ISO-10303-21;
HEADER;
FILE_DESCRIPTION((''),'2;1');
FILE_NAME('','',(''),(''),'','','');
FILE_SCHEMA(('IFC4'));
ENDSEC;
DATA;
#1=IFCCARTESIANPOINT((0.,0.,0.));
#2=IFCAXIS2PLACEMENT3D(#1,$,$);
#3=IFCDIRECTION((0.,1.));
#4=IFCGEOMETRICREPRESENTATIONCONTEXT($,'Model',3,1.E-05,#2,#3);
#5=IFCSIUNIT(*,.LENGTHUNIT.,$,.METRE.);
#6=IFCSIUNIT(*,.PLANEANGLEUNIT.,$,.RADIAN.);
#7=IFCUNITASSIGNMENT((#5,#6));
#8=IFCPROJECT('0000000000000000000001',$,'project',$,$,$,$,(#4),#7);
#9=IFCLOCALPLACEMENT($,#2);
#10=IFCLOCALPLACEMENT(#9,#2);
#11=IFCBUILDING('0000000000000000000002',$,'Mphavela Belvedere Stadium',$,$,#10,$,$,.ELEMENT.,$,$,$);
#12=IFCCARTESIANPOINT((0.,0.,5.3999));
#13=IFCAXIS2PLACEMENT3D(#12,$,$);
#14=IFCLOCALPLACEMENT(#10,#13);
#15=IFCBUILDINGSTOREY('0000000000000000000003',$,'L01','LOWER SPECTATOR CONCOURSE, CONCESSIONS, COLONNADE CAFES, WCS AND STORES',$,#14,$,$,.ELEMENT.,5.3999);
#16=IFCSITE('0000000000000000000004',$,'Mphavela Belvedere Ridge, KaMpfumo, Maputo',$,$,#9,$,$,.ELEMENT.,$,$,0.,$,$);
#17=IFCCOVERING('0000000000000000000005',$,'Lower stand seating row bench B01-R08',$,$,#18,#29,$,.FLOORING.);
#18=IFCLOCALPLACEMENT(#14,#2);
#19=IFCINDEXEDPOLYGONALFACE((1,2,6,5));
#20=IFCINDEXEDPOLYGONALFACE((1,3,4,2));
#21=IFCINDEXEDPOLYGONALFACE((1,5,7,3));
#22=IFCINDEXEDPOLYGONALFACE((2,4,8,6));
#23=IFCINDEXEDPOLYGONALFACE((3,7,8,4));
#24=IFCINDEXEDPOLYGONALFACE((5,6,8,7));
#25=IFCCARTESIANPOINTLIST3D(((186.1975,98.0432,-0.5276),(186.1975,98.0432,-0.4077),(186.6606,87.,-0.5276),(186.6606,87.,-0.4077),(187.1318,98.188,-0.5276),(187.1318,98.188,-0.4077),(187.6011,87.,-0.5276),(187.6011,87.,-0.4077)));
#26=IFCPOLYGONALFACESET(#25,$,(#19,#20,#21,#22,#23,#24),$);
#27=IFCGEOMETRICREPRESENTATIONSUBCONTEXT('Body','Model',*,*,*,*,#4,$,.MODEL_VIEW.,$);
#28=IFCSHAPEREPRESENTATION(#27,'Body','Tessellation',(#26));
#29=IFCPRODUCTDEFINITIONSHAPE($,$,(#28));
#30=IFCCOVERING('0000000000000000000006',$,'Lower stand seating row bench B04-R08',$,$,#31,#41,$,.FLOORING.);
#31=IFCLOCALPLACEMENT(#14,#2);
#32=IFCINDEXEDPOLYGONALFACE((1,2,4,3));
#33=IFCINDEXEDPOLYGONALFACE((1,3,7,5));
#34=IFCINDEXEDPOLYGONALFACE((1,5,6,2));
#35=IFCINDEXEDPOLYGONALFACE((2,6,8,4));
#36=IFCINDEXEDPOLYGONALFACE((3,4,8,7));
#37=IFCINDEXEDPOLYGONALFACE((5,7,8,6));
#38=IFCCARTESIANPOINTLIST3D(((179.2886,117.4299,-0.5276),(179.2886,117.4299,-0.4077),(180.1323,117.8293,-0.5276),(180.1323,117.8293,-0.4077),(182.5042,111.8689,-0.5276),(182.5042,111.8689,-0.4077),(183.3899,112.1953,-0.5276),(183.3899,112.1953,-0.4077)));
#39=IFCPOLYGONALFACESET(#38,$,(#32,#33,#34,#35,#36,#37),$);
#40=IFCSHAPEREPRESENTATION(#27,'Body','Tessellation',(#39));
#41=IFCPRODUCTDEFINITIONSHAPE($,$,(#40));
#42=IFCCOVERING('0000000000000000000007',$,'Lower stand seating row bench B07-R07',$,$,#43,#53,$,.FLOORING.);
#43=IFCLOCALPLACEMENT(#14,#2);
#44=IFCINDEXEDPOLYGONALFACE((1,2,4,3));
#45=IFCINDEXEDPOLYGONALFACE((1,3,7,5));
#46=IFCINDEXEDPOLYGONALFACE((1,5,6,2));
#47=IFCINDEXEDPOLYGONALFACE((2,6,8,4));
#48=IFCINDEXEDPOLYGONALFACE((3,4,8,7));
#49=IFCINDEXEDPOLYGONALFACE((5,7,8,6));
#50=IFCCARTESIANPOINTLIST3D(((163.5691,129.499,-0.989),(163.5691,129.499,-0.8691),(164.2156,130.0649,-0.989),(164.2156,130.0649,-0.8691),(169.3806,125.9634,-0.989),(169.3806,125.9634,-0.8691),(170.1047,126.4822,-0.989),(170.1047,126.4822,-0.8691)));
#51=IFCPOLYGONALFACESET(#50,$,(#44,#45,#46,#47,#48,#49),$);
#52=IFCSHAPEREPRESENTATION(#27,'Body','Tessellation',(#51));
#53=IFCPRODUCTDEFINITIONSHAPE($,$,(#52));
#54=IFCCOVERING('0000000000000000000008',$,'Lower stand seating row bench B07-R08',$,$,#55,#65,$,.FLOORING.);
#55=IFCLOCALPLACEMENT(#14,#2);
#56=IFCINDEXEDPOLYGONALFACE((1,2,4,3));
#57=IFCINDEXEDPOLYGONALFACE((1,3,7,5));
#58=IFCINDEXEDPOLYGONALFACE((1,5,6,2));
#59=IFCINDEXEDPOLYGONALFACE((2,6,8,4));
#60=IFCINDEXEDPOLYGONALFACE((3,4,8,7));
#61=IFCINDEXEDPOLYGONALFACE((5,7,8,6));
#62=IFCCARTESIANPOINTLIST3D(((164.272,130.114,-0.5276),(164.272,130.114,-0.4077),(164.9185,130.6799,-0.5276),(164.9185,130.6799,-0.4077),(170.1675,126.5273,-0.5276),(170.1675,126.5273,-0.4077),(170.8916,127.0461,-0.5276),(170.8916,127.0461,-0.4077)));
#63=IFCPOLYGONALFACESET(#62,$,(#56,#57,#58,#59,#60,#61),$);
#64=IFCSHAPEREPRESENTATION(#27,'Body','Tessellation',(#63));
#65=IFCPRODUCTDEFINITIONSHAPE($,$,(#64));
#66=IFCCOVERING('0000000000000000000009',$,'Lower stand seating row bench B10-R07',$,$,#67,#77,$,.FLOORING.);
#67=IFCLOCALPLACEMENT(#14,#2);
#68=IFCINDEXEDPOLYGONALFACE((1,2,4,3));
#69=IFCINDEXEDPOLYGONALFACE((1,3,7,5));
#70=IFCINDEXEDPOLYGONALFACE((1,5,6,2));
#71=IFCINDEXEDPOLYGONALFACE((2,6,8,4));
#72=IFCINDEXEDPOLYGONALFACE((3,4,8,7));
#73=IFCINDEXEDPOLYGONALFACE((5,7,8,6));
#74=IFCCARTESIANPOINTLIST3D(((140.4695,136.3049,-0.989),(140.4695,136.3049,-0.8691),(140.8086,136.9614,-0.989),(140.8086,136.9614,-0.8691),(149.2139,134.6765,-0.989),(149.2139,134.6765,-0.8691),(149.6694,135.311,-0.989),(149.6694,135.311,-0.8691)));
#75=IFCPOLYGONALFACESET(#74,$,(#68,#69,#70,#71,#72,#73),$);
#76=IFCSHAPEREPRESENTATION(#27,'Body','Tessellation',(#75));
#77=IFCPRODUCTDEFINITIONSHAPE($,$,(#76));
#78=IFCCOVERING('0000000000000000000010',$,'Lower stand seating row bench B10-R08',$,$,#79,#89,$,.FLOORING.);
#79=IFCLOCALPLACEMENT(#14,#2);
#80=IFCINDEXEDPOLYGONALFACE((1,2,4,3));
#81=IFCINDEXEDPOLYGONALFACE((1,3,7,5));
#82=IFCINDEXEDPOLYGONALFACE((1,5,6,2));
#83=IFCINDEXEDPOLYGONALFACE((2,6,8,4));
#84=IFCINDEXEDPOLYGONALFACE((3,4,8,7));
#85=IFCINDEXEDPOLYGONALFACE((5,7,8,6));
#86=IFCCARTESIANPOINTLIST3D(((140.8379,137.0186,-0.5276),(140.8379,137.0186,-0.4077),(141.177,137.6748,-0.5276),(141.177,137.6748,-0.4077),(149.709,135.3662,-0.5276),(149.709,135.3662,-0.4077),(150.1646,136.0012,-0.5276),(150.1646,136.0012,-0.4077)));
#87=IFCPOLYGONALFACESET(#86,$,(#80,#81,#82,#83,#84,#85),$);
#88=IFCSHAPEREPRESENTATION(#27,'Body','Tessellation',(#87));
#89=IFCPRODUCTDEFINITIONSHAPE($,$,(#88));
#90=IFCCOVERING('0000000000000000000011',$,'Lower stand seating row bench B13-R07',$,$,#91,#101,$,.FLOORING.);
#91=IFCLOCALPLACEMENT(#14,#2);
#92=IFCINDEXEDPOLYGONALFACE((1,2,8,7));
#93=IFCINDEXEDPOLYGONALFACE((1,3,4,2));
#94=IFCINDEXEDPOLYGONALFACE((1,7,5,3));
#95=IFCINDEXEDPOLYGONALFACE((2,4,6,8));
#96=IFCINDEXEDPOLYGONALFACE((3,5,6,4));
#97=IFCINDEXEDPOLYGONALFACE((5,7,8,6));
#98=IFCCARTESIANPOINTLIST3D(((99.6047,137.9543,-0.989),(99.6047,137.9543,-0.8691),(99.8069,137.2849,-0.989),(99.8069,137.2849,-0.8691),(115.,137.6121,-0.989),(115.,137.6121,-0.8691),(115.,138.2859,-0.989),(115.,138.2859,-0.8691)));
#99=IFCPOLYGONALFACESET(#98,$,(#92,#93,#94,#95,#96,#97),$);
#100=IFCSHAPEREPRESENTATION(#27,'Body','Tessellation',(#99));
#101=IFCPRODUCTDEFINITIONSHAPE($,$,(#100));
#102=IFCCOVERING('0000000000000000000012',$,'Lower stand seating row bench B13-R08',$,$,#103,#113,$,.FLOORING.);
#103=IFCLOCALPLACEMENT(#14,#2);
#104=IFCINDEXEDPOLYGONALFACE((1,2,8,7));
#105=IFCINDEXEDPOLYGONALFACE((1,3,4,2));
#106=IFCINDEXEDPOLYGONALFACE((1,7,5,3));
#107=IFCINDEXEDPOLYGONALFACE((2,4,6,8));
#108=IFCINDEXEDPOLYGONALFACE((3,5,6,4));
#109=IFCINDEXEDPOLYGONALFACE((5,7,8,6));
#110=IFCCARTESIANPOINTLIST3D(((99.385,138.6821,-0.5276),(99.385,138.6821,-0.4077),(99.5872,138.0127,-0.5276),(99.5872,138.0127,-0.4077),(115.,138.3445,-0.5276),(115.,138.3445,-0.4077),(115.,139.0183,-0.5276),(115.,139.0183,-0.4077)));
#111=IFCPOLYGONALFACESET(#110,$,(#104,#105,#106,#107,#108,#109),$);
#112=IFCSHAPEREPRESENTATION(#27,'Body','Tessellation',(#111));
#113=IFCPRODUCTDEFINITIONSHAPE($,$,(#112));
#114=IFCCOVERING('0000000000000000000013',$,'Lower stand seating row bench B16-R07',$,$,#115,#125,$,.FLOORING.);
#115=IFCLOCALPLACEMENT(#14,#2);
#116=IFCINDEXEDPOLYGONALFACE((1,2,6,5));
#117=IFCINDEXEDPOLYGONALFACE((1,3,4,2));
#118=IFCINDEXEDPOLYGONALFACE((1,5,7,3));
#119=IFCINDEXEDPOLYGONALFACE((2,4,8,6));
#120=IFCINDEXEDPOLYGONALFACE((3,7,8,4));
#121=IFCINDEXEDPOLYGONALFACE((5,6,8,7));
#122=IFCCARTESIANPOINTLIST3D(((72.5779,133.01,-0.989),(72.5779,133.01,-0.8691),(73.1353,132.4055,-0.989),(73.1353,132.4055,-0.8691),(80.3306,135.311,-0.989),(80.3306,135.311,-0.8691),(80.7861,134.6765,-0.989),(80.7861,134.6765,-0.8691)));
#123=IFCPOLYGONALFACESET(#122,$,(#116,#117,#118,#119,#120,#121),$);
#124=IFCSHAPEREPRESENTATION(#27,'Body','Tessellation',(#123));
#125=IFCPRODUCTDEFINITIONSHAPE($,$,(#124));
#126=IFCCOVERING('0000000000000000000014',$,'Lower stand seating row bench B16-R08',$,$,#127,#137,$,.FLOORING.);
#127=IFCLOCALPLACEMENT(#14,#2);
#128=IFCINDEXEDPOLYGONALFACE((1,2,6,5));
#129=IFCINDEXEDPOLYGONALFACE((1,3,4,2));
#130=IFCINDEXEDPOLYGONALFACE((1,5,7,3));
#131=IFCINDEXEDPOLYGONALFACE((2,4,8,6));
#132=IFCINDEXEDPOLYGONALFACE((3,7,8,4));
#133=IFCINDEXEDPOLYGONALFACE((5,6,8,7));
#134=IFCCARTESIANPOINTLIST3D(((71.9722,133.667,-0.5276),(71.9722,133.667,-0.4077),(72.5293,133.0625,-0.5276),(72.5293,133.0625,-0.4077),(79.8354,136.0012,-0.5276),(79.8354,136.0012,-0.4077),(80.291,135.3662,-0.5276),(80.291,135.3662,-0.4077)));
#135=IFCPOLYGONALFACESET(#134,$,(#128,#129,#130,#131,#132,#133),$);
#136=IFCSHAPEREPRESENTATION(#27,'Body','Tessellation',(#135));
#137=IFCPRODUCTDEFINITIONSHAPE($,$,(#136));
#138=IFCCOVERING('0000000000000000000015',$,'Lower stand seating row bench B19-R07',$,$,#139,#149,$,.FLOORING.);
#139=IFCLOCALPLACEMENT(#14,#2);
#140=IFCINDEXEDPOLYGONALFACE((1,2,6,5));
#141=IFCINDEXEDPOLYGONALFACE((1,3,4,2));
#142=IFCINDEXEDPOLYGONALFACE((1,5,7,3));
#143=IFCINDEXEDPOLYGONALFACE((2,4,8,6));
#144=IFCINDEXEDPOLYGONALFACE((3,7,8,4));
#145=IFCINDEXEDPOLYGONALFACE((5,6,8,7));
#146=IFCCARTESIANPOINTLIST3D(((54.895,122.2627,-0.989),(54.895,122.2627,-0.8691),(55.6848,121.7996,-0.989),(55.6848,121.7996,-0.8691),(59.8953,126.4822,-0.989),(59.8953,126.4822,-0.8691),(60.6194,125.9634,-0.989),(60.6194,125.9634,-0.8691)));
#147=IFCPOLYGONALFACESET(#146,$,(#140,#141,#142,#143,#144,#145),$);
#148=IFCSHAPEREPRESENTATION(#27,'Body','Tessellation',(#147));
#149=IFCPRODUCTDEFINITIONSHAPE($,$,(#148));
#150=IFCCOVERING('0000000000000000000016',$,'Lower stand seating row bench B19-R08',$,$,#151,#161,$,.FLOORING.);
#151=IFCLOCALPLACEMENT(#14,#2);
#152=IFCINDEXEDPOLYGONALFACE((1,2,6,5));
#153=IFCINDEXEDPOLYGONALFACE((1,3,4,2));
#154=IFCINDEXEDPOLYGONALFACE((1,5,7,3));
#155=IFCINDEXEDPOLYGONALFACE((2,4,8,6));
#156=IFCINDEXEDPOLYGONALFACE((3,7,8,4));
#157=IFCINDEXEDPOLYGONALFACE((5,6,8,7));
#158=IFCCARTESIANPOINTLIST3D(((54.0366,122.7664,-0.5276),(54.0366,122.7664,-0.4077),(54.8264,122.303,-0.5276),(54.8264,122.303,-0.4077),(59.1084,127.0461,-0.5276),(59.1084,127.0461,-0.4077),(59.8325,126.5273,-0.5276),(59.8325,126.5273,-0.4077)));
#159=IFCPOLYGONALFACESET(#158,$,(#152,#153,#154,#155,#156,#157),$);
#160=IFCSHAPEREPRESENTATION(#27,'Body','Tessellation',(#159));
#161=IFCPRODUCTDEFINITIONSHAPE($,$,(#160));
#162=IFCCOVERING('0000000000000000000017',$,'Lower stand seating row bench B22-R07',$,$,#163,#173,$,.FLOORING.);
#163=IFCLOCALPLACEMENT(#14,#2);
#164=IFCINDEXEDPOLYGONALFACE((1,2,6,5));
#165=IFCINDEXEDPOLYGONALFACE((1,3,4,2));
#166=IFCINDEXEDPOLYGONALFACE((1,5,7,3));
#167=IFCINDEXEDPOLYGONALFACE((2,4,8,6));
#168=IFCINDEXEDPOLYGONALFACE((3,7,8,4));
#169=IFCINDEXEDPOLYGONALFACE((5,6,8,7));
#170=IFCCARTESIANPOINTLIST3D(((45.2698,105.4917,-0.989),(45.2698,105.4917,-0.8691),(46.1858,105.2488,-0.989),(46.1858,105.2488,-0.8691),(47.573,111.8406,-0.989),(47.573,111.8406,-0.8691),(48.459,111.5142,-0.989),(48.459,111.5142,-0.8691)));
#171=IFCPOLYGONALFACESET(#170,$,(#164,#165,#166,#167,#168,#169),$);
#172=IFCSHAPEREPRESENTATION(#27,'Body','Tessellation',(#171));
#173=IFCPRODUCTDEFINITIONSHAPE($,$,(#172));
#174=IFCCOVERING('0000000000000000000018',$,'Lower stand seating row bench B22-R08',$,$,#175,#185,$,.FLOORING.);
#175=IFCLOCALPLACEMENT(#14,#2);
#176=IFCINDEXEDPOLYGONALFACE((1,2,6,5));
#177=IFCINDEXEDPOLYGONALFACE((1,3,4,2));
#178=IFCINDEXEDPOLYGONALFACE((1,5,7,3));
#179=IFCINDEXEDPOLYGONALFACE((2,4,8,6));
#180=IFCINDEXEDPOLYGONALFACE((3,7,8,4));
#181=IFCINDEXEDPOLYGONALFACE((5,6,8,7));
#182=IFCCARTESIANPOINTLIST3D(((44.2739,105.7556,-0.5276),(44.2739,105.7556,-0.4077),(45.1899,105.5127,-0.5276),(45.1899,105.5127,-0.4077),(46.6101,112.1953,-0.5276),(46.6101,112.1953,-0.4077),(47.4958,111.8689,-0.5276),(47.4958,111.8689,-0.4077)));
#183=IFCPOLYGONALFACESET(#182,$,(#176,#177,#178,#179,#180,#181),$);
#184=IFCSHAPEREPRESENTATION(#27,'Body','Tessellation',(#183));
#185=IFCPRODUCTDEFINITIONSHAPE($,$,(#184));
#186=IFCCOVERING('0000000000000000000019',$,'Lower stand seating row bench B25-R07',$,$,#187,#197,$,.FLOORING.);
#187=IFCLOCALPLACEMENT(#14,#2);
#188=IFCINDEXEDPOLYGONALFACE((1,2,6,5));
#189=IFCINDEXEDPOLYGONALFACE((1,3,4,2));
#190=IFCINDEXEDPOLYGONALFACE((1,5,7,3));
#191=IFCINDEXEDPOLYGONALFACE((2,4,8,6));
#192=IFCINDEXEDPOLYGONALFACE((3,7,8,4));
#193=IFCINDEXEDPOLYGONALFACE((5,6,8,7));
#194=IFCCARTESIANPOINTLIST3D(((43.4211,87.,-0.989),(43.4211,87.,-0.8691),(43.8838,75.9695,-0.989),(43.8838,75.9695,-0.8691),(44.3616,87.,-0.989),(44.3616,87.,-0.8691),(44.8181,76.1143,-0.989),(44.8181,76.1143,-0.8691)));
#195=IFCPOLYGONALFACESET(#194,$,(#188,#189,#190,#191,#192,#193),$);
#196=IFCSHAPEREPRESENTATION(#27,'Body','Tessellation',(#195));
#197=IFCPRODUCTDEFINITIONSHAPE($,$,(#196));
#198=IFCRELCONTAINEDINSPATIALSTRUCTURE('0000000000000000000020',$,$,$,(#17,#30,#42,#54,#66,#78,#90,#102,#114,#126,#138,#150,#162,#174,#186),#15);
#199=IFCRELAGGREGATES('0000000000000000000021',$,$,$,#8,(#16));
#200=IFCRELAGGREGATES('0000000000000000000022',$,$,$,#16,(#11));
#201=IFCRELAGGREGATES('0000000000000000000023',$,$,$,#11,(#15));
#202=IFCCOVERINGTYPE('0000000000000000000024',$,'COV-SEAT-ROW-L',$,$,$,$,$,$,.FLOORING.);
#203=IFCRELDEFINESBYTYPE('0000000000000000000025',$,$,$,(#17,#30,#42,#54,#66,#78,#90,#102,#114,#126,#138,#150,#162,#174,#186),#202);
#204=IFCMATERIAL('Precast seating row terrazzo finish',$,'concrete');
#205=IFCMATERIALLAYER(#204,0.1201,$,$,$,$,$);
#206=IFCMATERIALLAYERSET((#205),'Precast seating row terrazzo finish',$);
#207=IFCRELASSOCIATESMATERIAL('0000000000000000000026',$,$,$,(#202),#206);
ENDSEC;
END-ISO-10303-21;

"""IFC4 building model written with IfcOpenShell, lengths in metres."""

from ifc_helpers import new_model, si_unit, direction, frame, origin, place, context, subcontext, project, spatial, polyline, outline, extrude, material, layer, layer_set, type_object, element, save


model = new_model("IFC4")

# Units and contexts
model_context = context("Model", 3, precision=1e-05, world=origin(), true_north=direction((0.0, 1.0)))
body_context = subcontext(model_context, "Body", "Model", "MODEL_VIEW")
ifc_project = project(units=[si_unit("LENGTHUNIT", "METRE"), si_unit("PLANEANGLEUNIT", "RADIAN")], contexts=[model_context])

# Site, building, storey
site_placement = place(None, origin())
site = spatial("IfcSite", under=ifc_project, at=site_placement, Name="Mphavela Belvedere Ridge, KaMpfumo, Maputo", CompositionType="ELEMENT", RefElevation=0.0)
building_placement = place(site_placement, origin())
building = spatial("IfcBuilding", under=site, at=building_placement, Name="Mphavela Belvedere Stadium", CompositionType="ELEMENT")
storey_placement = place(building_placement, frame((0.0, 0.0, 5.3999)))
storey = spatial("IfcBuildingStorey", under=building, at=storey_placement, Name="L01", Description="LOWER SPECTATOR CONCOURSE, CONCESSIONS, COLONNADE CAFES, WCS AND STORES", CompositionType="ELEMENT", Elevation=5.3999)

# Coverings
ifc_material_1 = material(Name="Precast seating row terrazzo finish", Category="concrete")
ifc_layer_1 = layer(ifc_material_1, 0.1201)
ifc_layer_set_1 = layer_set([ifc_layer_1], Name="Precast seating row terrazzo finish")
covering_type = type_object("IfcCoveringType", Name="COV-SEAT-ROW-L", PredefinedType="FLOORING", material=ifc_layer_set_1)
covering_1_placement = place(storey_placement, frame((0.0, 0.0, -0.5276)))
element("IfcCovering", 1, at=covering_1_placement, inside=storey, type_object=covering_type, Name="Lower stand seating row bench B01-R08", PredefinedType="FLOORING", context=body_context, shape_type="SweptSolid", body=[
    extrude(outline(polyline([(186.6606, 87.0), (186.1975, 98.0432), (187.1318, 98.188), (187.6011, 87.0), (186.6606, 87.0)])), origin(), (0.0, 0.0, 1.0), 0.1199),
])
covering_2_placement = place(storey_placement, frame((0.0, 0.0, -0.5276)))
element("IfcCovering", 2, at=covering_2_placement, inside=storey, type_object=covering_type, Name="Lower stand seating row bench B04-R08", PredefinedType="FLOORING", context=body_context, shape_type="SweptSolid", body=[
    extrude(outline(polyline([(182.5042, 111.8689), (179.2886, 117.4299), (180.1323, 117.8293), (183.3899, 112.1953), (182.5042, 111.8689)])), origin(), (0.0, 0.0, 1.0), 0.1199),
])
covering_3_placement = place(storey_placement, frame((0.0, 0.0, -0.989)))
element("IfcCovering", 3, at=covering_3_placement, inside=storey, type_object=covering_type, Name="Lower stand seating row bench B07-R07", PredefinedType="FLOORING", context=body_context, shape_type="SweptSolid", body=[
    extrude(outline(polyline([(169.3806, 125.9634), (163.5691, 129.499), (164.2156, 130.0649), (170.1047, 126.4822), (169.3806, 125.9634)])), origin(), (0.0, 0.0, 1.0), 0.1199),
])
covering_4_placement = place(storey_placement, frame((0.0, 0.0, -0.5276)))
element("IfcCovering", 4, at=covering_4_placement, inside=storey, type_object=covering_type, Name="Lower stand seating row bench B07-R08", PredefinedType="FLOORING", context=body_context, shape_type="SweptSolid", body=[
    extrude(outline(polyline([(170.1675, 126.5273), (164.272, 130.114), (164.9185, 130.6799), (170.8916, 127.0461), (170.1675, 126.5273)])), origin(), (0.0, 0.0, 1.0), 0.1199),
])
covering_5_placement = place(storey_placement, frame((0.0, 0.0, -0.989)))
element("IfcCovering", 5, at=covering_5_placement, inside=storey, type_object=covering_type, Name="Lower stand seating row bench B10-R07", PredefinedType="FLOORING", context=body_context, shape_type="SweptSolid", body=[
    extrude(outline(polyline([(149.2139, 134.6765), (140.4695, 136.3049), (140.8086, 136.9614), (149.6694, 135.311), (149.2139, 134.6765)])), origin(), (0.0, 0.0, 1.0), 0.1199),
])
covering_6_placement = place(storey_placement, frame((0.0, 0.0, -0.5276)))
element("IfcCovering", 6, at=covering_6_placement, inside=storey, type_object=covering_type, Name="Lower stand seating row bench B10-R08", PredefinedType="FLOORING", context=body_context, shape_type="SweptSolid", body=[
    extrude(outline(polyline([(149.709, 135.3662), (140.8379, 137.0186), (141.177, 137.6748), (150.1646, 136.0012), (149.709, 135.3662)])), origin(), (0.0, 0.0, 1.0), 0.1199),
])
covering_7_placement = place(storey_placement, frame((0.0, 0.0, -0.989)))
element("IfcCovering", 7, at=covering_7_placement, inside=storey, type_object=covering_type, Name="Lower stand seating row bench B13-R07", PredefinedType="FLOORING", context=body_context, shape_type="SweptSolid", body=[
    extrude(outline(polyline([(115.0, 137.6121), (99.8069, 137.2849), (99.6047, 137.9543), (115.0, 138.2859), (115.0, 137.6121)])), origin(), (0.0, 0.0, 1.0), 0.1199),
])
covering_8_placement = place(storey_placement, frame((0.0, 0.0, -0.5276)))
element("IfcCovering", 8, at=covering_8_placement, inside=storey, type_object=covering_type, Name="Lower stand seating row bench B13-R08", PredefinedType="FLOORING", context=body_context, shape_type="SweptSolid", body=[
    extrude(outline(polyline([(115.0, 138.3445), (99.5872, 138.0127), (99.385, 138.6821), (115.0, 139.0183), (115.0, 138.3445)])), origin(), (0.0, 0.0, 1.0), 0.1199),
])
covering_9_placement = place(storey_placement, frame((0.0, 0.0, -0.989)))
element("IfcCovering", 9, at=covering_9_placement, inside=storey, type_object=covering_type, Name="Lower stand seating row bench B16-R07", PredefinedType="FLOORING", context=body_context, shape_type="SweptSolid", body=[
    extrude(outline(polyline([(80.7861, 134.6765), (73.1353, 132.4055), (72.5779, 133.01), (80.3306, 135.311), (80.7861, 134.6765)])), origin(), (0.0, 0.0, 1.0), 0.1199),
])
covering_10_placement = place(storey_placement, frame((0.0, 0.0, -0.5276)))
element("IfcCovering", 10, at=covering_10_placement, inside=storey, type_object=covering_type, Name="Lower stand seating row bench B16-R08", PredefinedType="FLOORING", context=body_context, shape_type="SweptSolid", body=[
    extrude(outline(polyline([(80.291, 135.3662), (72.5293, 133.0625), (71.9722, 133.667), (79.8354, 136.0012), (80.291, 135.3662)])), origin(), (0.0, 0.0, 1.0), 0.1199),
])
covering_11_placement = place(storey_placement, frame((0.0, 0.0, -0.989)))
element("IfcCovering", 11, at=covering_11_placement, inside=storey, type_object=covering_type, Name="Lower stand seating row bench B19-R07", PredefinedType="FLOORING", context=body_context, shape_type="SweptSolid", body=[
    extrude(outline(polyline([(60.6194, 125.9634), (55.6848, 121.7996), (54.895, 122.2627), (59.8953, 126.4822), (60.6194, 125.9634)])), origin(), (0.0, 0.0, 1.0), 0.1199),
])
covering_12_placement = place(storey_placement, frame((0.0, 0.0, -0.5276)))
element("IfcCovering", 12, at=covering_12_placement, inside=storey, type_object=covering_type, Name="Lower stand seating row bench B19-R08", PredefinedType="FLOORING", context=body_context, shape_type="SweptSolid", body=[
    extrude(outline(polyline([(59.8325, 126.5273), (54.8264, 122.303), (54.0366, 122.7664), (59.1084, 127.0461), (59.8325, 126.5273)])), origin(), (0.0, 0.0, 1.0), 0.1199),
])
covering_13_placement = place(storey_placement, frame((0.0, 0.0, -0.989)))
element("IfcCovering", 13, at=covering_13_placement, inside=storey, type_object=covering_type, Name="Lower stand seating row bench B22-R07", PredefinedType="FLOORING", context=body_context, shape_type="SweptSolid", body=[
    extrude(outline(polyline([(48.459, 111.5142), (46.1858, 105.2488), (45.2698, 105.4917), (47.573, 111.8406), (48.459, 111.5142)])), origin(), (0.0, 0.0, 1.0), 0.1199),
])
covering_14_placement = place(storey_placement, frame((0.0, 0.0, -0.5276)))
element("IfcCovering", 14, at=covering_14_placement, inside=storey, type_object=covering_type, Name="Lower stand seating row bench B22-R08", PredefinedType="FLOORING", context=body_context, shape_type="SweptSolid", body=[
    extrude(outline(polyline([(47.4958, 111.8689), (45.1899, 105.5127), (44.2739, 105.7556), (46.6101, 112.1953), (47.4958, 111.8689)])), origin(), (0.0, 0.0, 1.0), 0.1199),
])
covering_15_placement = place(storey_placement, frame((0.0, 0.0, -0.989)))
element("IfcCovering", 15, at=covering_15_placement, inside=storey, type_object=covering_type, Name="Lower stand seating row bench B25-R07", PredefinedType="FLOORING", context=body_context, shape_type="SweptSolid", body=[
    extrude(outline(polyline([(44.3616, 87.0), (44.8181, 76.1143), (43.8838, 75.9695), (43.4211, 87.0), (44.3616, 87.0)])), origin(), (0.0, 0.0, 1.0), 0.1199),
])

save(model, "model.ifc")
